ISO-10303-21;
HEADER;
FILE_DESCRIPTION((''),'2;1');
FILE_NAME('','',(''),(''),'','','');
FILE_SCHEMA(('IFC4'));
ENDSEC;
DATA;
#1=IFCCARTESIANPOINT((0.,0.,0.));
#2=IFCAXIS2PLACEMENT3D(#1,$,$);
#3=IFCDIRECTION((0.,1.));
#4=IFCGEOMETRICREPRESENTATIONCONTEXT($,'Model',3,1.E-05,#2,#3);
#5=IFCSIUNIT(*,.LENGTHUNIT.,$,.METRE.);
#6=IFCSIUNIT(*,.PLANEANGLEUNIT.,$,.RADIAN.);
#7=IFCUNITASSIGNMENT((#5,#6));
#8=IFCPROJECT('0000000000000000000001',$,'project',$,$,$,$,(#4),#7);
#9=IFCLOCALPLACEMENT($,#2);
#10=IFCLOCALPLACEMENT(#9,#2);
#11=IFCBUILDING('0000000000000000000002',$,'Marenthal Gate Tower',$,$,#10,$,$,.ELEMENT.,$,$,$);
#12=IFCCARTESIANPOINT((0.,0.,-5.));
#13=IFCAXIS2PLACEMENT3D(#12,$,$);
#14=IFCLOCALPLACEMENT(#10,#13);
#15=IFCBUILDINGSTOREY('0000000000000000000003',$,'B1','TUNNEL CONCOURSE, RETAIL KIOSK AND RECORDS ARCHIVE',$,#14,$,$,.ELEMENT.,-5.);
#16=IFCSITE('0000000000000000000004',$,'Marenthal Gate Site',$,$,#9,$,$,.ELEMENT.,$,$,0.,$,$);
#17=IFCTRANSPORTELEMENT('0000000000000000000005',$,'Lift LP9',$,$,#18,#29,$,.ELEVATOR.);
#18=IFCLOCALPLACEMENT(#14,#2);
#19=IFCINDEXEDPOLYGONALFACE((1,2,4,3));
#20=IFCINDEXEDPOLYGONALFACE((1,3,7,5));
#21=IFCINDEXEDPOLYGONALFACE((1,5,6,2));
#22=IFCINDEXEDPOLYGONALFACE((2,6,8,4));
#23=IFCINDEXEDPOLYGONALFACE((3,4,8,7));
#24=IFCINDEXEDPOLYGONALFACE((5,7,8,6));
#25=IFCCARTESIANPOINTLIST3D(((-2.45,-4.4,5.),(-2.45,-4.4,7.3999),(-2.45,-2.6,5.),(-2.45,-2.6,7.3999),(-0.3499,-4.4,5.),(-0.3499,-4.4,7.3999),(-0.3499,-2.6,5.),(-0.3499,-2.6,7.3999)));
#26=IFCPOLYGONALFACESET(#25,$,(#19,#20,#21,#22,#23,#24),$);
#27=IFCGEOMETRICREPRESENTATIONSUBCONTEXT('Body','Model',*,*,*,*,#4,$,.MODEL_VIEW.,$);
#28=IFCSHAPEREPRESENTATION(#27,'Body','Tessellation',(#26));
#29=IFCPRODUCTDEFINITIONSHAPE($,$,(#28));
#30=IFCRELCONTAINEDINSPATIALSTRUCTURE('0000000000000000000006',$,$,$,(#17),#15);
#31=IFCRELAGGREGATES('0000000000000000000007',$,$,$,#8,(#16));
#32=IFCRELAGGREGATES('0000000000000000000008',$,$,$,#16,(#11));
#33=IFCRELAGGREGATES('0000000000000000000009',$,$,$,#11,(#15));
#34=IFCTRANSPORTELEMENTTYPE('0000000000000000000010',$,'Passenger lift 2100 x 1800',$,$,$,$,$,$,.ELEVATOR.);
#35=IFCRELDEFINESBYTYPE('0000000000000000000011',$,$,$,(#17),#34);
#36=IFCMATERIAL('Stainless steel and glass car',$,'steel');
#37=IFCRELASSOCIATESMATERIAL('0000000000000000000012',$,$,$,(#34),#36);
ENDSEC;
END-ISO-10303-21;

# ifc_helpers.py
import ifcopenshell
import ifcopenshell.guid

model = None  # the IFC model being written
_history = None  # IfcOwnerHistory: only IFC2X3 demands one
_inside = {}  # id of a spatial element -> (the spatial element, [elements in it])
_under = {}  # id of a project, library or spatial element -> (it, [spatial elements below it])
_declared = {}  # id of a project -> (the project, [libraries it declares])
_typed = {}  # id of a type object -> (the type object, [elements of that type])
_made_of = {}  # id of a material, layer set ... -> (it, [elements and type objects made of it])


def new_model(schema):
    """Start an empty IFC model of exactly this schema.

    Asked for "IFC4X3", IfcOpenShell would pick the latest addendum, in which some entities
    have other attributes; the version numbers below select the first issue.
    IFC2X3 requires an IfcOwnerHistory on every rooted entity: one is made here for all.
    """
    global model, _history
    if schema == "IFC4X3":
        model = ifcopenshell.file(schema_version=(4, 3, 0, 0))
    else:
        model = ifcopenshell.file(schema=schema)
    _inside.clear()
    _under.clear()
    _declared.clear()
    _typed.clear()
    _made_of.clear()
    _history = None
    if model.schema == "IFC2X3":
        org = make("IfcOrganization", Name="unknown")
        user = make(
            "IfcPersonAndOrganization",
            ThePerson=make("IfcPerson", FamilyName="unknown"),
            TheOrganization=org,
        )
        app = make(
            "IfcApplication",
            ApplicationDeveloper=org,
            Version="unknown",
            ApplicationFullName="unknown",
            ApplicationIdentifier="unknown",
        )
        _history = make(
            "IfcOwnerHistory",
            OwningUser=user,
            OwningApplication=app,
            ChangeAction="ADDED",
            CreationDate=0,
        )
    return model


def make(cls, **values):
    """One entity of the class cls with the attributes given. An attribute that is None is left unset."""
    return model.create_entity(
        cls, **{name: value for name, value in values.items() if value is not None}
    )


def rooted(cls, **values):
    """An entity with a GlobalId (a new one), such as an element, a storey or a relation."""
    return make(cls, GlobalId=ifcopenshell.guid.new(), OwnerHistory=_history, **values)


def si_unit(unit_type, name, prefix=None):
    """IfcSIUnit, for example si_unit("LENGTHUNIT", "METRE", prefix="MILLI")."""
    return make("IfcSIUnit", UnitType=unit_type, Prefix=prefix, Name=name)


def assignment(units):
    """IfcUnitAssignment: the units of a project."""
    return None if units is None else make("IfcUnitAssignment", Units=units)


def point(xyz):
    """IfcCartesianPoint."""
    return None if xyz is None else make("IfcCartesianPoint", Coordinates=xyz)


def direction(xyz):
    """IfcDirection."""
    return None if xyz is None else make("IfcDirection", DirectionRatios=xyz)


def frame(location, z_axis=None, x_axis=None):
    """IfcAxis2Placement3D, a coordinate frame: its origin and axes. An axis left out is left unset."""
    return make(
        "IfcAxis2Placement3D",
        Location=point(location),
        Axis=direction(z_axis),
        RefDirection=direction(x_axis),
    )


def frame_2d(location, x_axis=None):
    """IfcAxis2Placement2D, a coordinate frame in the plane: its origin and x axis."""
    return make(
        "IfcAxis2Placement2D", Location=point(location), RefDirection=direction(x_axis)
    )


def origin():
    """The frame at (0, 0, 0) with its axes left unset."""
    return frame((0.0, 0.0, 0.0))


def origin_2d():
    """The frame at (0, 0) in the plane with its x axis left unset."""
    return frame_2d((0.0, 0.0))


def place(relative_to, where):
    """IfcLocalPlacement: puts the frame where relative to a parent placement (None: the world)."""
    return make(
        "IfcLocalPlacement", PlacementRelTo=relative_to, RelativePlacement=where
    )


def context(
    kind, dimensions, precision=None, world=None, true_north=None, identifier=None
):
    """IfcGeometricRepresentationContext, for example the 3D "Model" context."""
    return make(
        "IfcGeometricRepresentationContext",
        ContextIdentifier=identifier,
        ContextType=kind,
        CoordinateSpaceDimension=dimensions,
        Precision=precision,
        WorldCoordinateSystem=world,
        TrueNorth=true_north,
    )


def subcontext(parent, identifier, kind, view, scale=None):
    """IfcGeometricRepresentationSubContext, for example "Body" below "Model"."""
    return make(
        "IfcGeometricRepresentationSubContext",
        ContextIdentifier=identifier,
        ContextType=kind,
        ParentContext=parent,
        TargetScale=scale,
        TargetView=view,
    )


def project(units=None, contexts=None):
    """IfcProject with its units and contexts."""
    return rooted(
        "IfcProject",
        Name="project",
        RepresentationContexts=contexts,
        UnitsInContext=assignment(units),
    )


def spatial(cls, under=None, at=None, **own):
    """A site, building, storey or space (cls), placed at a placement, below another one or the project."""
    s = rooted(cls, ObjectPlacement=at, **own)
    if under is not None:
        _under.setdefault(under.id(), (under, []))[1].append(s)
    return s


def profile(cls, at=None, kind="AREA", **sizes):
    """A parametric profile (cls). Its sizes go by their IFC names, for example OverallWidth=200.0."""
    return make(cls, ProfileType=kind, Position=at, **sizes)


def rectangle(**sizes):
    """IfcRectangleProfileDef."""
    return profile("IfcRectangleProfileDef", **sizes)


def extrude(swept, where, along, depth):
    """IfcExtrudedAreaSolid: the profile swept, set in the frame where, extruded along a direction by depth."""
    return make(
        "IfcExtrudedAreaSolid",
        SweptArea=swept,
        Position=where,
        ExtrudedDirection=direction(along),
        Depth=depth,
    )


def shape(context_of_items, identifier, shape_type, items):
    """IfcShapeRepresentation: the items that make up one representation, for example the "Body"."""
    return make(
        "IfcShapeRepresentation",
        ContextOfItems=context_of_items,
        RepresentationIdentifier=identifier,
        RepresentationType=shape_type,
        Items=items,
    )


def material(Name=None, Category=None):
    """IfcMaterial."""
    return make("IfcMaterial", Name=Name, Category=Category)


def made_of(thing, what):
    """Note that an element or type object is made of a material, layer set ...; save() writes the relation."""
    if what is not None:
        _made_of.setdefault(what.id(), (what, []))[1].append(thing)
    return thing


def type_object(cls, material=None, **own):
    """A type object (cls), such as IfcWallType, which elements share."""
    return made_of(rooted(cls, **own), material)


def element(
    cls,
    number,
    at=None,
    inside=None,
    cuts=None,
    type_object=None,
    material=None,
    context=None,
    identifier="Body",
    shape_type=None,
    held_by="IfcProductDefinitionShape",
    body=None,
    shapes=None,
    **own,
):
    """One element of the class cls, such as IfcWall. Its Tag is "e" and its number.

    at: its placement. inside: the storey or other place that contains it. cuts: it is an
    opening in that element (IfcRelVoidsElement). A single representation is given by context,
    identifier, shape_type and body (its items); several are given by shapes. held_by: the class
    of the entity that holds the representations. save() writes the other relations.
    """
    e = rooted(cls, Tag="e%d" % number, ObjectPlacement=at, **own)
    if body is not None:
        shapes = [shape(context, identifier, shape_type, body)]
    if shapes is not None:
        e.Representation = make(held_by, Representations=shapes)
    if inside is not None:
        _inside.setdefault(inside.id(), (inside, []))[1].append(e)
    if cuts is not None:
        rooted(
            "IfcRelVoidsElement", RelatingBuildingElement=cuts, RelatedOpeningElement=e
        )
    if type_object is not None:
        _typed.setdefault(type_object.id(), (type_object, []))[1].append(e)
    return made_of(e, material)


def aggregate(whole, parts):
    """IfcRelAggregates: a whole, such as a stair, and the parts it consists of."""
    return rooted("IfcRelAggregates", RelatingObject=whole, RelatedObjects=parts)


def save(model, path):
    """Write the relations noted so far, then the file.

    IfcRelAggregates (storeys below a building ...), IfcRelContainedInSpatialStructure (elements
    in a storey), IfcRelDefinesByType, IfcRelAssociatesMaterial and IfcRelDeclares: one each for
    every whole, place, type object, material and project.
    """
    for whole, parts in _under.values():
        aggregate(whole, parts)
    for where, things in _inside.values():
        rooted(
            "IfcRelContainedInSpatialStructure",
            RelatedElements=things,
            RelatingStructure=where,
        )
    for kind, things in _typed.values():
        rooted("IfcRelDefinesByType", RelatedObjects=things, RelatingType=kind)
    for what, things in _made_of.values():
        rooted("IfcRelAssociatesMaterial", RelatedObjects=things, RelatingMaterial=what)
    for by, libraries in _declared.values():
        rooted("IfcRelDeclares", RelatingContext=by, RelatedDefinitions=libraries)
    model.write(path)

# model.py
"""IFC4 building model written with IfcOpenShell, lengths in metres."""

from ifc_helpers import new_model, si_unit, direction, frame, origin, origin_2d, place, context, subcontext, project, spatial, rectangle, extrude, material, type_object, element, save


model = new_model("IFC4")

# Units and contexts
model_context = context("Model", 3, precision=1e-05, world=origin(), true_north=direction((0.0, 1.0)))
body_context = subcontext(model_context, "Body", "Model", "MODEL_VIEW")
ifc_project = project(units=[si_unit("LENGTHUNIT", "METRE"), si_unit("PLANEANGLEUNIT", "RADIAN")], contexts=[model_context])

# Site, building, storey
site_placement = place(None, origin())
site = spatial("IfcSite", under=ifc_project, at=site_placement, Name="Marenthal Gate Site", CompositionType="ELEMENT", RefElevation=0.0)
building_placement = place(site_placement, origin())
building = spatial("IfcBuilding", under=site, at=building_placement, Name="Marenthal Gate Tower", CompositionType="ELEMENT")
storey_placement = place(building_placement, frame((0.0, 0.0, -5.0)))
storey = spatial("IfcBuildingStorey", under=building, at=storey_placement, Name="B1", Description="TUNNEL CONCOURSE, RETAIL KIOSK AND RECORDS ARCHIVE", CompositionType="ELEMENT", Elevation=-5.0)

# Transport element
ifc_material_1 = material(Name="Stainless steel and glass car", Category="steel")
transport_element_type = type_object("IfcTransportElementType", Name="Passenger lift 2100 x 1800", PredefinedType="ELEVATOR", material=ifc_material_1)
for number, where, z_axis, x_axis, name in (
    (1, (-1.3999, -3.5, 5.0), (0.0, 0.0, 1.0), (1.0, 0.0, 0.0), "Lift LP9"),
):
    element("IfcTransportElement", number, at=place(storey_placement, frame(where, z_axis=z_axis, x_axis=x_axis)), inside=storey, type_object=transport_element_type, Name=name, PredefinedType="ELEVATOR", context=body_context, shape_type="SweptSolid", body=[
        extrude(rectangle(XDim=2.1001, YDim=1.8, at=origin_2d()), origin(), (0.0, 0.0, 1.0), 2.3999),
    ])

save(model, "model.ifc")
